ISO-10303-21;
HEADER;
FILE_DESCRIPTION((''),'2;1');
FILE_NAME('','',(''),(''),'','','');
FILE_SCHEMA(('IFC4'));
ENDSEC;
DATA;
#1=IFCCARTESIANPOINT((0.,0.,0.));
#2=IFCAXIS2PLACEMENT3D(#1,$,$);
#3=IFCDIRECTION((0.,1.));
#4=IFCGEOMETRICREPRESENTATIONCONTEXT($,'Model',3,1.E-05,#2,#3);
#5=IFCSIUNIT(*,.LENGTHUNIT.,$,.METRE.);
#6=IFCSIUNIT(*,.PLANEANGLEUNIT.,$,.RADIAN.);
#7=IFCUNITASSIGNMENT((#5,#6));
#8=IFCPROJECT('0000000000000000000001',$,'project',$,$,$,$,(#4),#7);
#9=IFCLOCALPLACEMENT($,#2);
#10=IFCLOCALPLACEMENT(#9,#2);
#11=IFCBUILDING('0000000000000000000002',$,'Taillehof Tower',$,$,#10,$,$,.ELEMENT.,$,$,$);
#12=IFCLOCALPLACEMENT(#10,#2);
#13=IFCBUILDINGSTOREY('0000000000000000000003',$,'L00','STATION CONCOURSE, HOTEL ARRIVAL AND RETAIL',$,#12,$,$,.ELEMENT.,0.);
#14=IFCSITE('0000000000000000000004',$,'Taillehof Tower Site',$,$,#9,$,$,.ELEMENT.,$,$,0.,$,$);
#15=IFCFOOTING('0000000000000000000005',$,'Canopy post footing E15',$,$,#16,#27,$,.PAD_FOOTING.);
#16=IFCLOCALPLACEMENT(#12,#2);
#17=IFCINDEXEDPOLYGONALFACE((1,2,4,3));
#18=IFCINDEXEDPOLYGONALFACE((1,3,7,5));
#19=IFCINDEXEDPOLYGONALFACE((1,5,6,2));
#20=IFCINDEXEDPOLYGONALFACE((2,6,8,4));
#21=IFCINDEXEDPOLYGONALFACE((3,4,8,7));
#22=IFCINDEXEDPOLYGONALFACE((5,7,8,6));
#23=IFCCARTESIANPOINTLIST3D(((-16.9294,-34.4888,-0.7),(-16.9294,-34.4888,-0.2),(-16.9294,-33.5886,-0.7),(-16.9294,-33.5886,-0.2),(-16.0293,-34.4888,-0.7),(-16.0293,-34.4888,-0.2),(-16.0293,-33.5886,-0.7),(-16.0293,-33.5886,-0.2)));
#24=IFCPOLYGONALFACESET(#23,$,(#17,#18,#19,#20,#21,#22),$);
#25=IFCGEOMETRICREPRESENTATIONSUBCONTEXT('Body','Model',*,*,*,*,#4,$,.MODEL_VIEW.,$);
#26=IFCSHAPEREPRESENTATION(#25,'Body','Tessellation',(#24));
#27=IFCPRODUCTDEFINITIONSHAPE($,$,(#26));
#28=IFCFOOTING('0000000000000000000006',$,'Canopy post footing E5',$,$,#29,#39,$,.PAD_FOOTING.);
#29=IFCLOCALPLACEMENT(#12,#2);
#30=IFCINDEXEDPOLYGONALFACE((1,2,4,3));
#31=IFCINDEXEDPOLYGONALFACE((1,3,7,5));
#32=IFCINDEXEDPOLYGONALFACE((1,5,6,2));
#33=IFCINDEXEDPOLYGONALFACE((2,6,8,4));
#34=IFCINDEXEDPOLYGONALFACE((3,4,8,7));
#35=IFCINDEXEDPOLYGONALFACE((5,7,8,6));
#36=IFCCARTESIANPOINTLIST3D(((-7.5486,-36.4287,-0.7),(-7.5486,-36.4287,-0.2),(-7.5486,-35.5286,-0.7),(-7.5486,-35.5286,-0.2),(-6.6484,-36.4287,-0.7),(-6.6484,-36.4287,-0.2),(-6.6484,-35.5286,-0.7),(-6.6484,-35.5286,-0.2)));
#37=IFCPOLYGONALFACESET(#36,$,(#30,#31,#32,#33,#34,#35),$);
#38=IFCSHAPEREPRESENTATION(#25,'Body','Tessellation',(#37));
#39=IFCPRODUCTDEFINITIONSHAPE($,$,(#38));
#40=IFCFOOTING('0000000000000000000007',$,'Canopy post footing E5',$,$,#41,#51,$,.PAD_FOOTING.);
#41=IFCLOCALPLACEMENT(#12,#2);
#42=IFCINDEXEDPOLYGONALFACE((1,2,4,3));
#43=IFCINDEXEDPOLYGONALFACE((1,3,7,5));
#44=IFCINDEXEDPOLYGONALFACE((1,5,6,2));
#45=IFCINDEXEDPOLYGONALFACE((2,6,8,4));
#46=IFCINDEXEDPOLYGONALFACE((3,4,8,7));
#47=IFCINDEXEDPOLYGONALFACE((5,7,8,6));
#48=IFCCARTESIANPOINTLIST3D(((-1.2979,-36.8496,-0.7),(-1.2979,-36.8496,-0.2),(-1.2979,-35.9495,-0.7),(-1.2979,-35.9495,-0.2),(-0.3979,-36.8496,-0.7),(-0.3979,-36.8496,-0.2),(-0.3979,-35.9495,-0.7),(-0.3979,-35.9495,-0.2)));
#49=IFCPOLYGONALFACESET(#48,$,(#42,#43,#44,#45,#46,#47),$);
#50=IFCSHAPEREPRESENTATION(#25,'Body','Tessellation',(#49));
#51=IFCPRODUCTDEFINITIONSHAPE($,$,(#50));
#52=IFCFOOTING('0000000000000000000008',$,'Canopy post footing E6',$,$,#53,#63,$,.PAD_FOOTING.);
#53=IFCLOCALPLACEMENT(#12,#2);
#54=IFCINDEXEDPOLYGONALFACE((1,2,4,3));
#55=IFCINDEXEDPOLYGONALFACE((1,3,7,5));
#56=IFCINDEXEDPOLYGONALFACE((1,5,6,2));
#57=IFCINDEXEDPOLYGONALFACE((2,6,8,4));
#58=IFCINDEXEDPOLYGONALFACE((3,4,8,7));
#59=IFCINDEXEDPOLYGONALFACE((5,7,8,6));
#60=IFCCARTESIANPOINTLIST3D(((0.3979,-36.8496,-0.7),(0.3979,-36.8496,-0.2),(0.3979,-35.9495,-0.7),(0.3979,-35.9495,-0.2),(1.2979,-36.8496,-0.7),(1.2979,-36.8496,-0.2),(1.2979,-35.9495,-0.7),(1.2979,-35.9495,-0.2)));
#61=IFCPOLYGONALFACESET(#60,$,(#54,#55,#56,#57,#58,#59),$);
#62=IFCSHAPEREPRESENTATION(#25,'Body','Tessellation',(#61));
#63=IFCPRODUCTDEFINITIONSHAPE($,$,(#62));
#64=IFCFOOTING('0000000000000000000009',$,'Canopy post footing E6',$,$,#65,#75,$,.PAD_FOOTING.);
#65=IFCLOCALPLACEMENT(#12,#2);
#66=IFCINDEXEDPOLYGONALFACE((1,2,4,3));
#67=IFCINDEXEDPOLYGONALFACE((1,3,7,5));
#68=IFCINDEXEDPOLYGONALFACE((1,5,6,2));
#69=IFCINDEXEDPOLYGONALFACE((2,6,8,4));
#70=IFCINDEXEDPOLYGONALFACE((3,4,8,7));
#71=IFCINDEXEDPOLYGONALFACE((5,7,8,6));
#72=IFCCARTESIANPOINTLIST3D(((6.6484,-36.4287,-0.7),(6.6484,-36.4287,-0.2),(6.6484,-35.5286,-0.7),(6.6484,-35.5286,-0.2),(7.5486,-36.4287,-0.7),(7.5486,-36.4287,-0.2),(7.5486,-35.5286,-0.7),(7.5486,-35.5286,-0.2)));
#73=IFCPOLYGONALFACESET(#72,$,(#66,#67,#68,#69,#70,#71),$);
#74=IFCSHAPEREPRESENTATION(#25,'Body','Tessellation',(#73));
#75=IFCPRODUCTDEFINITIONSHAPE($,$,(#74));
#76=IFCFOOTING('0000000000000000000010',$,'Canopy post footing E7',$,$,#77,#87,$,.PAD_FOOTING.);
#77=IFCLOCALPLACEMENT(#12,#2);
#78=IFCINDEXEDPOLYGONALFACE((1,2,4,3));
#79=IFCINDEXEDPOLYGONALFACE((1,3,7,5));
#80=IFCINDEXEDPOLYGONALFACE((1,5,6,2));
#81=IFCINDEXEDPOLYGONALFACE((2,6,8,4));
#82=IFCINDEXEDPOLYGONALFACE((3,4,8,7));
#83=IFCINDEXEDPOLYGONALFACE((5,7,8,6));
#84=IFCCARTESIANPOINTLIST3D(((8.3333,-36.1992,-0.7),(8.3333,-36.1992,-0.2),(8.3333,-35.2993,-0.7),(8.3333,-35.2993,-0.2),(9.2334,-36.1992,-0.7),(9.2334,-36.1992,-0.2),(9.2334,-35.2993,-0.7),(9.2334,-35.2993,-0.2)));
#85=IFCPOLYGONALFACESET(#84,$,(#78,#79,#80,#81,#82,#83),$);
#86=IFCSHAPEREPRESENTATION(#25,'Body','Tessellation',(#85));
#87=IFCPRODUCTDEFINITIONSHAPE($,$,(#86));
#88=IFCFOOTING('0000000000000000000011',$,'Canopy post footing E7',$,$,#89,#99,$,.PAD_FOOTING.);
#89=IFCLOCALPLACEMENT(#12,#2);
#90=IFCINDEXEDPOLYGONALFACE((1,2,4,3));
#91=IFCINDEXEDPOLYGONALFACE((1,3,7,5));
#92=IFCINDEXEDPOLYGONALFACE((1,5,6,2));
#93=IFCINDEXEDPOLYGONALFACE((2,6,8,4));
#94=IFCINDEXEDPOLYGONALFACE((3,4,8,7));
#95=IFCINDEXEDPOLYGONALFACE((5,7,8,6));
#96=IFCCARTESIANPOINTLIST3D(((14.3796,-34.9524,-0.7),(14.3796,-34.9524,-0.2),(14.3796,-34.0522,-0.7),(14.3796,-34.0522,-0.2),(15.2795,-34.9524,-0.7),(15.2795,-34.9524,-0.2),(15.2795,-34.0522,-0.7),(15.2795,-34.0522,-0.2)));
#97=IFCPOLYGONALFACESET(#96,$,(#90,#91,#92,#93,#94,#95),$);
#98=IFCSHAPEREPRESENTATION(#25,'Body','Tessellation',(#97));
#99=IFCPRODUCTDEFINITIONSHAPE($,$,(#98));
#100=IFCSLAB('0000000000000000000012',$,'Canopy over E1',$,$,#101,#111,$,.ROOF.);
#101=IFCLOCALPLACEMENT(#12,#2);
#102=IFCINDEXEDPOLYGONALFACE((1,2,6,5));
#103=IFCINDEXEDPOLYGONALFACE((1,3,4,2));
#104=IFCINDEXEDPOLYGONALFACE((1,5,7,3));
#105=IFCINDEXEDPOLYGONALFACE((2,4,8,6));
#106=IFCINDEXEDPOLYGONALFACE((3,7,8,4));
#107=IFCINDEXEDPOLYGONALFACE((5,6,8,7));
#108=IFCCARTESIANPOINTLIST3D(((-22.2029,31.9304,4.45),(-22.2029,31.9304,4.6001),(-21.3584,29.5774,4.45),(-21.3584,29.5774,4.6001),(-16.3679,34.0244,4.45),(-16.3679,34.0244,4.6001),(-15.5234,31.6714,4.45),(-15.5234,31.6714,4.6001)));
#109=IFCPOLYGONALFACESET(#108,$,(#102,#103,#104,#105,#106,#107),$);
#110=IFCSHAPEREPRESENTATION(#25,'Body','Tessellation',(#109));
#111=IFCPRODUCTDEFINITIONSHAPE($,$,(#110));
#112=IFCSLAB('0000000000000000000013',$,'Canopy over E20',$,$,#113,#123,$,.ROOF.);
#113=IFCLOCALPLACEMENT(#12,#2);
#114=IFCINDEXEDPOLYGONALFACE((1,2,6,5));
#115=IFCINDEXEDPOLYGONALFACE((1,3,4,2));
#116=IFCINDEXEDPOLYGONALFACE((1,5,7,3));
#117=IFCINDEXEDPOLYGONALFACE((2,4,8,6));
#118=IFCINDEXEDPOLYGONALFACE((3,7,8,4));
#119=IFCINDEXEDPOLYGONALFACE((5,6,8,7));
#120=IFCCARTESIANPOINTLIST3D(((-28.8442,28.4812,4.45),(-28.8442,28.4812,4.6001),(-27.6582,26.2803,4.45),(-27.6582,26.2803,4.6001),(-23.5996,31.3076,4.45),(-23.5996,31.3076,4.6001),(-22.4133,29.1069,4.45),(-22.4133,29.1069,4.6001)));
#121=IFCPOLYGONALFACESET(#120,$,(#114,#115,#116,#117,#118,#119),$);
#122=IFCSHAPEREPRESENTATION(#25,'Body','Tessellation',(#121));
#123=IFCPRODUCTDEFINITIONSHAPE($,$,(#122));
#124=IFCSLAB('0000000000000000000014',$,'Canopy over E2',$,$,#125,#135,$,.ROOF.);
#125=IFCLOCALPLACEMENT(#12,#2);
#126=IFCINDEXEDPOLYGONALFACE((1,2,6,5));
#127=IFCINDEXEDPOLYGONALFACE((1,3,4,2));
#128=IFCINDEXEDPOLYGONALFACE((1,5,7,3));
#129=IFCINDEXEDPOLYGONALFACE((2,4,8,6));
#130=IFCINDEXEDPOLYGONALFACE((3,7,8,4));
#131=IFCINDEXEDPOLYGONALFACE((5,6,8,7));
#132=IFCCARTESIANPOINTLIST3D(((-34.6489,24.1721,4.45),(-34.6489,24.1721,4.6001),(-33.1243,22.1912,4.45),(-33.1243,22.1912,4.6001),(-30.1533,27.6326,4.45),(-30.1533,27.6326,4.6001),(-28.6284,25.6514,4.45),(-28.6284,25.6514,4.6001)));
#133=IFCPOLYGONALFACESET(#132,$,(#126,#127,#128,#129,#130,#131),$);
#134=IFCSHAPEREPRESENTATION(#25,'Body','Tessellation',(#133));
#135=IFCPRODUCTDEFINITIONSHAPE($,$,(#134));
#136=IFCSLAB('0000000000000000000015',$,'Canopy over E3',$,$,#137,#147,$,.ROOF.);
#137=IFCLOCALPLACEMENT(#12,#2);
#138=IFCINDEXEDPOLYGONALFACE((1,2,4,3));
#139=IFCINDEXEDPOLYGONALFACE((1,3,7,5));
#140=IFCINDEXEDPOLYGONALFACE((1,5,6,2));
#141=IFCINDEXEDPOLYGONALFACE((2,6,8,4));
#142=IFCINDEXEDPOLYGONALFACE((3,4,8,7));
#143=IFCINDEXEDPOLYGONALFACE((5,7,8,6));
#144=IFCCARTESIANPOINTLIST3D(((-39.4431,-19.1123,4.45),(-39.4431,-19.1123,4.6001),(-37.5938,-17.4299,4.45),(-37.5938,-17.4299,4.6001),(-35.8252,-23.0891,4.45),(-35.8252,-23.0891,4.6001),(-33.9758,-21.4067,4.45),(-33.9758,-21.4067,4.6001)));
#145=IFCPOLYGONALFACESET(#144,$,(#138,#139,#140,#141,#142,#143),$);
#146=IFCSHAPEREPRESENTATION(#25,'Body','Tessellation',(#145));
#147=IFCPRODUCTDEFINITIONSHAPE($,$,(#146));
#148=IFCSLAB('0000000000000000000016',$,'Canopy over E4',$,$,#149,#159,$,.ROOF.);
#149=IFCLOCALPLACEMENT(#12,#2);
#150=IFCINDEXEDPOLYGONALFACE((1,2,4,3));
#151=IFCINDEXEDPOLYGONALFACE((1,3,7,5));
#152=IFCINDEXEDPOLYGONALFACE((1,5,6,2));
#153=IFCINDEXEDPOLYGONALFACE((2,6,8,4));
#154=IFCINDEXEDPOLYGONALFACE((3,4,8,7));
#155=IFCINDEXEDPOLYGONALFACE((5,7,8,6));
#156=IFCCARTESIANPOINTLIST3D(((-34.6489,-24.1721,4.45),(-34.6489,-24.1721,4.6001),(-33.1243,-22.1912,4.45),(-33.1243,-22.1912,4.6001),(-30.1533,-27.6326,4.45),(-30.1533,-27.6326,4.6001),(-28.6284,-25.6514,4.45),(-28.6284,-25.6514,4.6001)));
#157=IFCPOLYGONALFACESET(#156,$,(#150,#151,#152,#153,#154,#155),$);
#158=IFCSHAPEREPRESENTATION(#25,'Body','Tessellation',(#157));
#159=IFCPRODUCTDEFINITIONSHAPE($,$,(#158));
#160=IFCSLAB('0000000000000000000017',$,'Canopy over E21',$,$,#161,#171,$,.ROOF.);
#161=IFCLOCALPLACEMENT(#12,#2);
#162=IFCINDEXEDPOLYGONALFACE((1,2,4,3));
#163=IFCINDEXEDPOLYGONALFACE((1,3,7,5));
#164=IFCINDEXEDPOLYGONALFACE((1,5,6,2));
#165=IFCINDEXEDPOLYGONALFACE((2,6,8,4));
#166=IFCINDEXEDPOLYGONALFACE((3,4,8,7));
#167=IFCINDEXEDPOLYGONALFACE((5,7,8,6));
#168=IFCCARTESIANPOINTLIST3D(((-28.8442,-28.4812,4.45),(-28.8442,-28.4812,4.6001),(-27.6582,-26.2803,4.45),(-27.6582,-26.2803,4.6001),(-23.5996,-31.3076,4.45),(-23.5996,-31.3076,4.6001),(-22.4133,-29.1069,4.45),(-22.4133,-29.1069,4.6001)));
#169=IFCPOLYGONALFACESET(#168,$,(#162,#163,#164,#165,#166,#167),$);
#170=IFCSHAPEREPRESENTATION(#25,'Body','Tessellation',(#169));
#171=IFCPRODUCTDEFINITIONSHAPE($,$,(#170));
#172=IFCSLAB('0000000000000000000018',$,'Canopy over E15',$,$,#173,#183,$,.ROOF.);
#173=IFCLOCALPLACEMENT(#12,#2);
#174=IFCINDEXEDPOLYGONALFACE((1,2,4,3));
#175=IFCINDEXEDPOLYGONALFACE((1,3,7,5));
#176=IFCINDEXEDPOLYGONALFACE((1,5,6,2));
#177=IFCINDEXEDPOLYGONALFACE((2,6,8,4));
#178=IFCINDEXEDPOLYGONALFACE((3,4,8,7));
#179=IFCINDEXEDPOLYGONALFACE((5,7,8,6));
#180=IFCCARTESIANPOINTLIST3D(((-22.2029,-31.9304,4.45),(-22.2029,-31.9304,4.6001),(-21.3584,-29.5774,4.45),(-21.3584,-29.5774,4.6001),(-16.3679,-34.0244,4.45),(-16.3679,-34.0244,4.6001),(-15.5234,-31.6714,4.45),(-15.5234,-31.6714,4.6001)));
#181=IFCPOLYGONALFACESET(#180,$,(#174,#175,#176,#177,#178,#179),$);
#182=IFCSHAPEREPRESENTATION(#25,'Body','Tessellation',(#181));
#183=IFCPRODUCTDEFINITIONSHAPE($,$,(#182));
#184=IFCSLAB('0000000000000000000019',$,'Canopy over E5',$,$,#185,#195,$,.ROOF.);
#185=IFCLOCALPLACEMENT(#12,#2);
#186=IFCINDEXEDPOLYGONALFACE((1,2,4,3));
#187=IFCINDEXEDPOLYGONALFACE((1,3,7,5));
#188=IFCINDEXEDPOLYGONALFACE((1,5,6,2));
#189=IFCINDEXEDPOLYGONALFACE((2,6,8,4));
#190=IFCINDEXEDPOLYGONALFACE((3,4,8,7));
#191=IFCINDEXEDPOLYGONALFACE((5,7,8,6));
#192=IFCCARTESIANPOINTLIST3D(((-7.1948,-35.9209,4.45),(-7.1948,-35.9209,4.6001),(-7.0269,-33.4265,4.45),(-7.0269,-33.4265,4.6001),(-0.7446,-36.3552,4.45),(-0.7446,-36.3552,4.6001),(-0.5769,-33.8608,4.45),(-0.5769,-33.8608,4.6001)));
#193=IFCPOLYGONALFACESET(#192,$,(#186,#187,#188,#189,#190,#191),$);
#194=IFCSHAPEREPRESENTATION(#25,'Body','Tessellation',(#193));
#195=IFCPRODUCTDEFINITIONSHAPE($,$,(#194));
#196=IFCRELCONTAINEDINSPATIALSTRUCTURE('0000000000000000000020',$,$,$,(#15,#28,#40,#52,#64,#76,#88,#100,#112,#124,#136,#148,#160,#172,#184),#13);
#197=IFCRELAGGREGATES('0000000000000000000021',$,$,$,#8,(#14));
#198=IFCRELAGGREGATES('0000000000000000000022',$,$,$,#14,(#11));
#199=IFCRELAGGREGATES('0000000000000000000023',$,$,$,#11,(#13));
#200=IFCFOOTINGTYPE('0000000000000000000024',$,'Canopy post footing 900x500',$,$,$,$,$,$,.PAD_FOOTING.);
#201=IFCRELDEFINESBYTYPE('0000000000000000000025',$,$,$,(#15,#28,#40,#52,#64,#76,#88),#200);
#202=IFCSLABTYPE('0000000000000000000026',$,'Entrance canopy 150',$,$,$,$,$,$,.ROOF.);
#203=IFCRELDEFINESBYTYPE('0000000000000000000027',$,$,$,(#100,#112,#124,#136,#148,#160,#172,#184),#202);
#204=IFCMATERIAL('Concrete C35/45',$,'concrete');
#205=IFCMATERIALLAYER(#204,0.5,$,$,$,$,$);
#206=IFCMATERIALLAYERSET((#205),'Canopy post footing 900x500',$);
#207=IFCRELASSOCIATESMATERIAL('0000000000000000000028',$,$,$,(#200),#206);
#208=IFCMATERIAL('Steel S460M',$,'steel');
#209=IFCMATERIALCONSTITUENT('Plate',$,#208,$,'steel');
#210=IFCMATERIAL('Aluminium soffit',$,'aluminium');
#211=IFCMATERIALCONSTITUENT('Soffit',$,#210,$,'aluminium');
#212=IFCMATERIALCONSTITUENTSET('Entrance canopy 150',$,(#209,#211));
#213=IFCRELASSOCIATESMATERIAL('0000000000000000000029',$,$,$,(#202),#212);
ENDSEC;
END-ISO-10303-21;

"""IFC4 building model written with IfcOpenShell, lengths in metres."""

from ifc_helpers import new_model, si_unit, direction, frame, origin, place, context, subcontext, project, spatial, polyline, outline, extrude, material, layer, layer_set, constituent, constituent_set, type_object, element, save


model = new_model("IFC4")

# Units and contexts
model_context = context("Model", 3, precision=1e-05, world=origin(), true_north=direction((0.0, 1.0)))
body_context = subcontext(model_context, "Body", "Model", "MODEL_VIEW")
ifc_project = project(units=[si_unit("LENGTHUNIT", "METRE"), si_unit("PLANEANGLEUNIT", "RADIAN")], contexts=[model_context])

# Site, building, storey
site_placement = place(None, origin())
site = spatial("IfcSite", under=ifc_project, at=site_placement, Name="Taillehof Tower Site", CompositionType="ELEMENT", RefElevation=0.0)
building_placement = place(site_placement, origin())
building = spatial("IfcBuilding", under=site, at=building_placement, Name="Taillehof Tower", CompositionType="ELEMENT")
storey_placement = place(building_placement, origin())
storey = spatial("IfcBuildingStorey", under=building, at=storey_placement, Name="L00", Description="STATION CONCOURSE, HOTEL ARRIVAL AND RETAIL", CompositionType="ELEMENT", Elevation=0.0)

# Footings
ifc_material_1 = material(Name="Concrete C35/45", Category="concrete")
ifc_layer = layer(ifc_material_1, 0.5)
ifc_layer_set = layer_set([ifc_layer], Name="Canopy post footing 900x500")
footing_type = type_object("IfcFootingType", Name="Canopy post footing 900x500", PredefinedType="PAD_FOOTING", material=ifc_layer_set)
footing_1_placement = place(storey_placement, frame((0.0, 0.0, -0.7)))
element("IfcFooting", 1, at=footing_1_placement, inside=storey, type_object=footing_type, Name="Canopy post footing E15", PredefinedType="PAD_FOOTING", context=body_context, shape_type="SweptSolid", body=[
    extrude(outline(polyline([(-16.9294, -34.4888), (-16.0293, -34.4888), (-16.0293, -33.5886), (-16.9294, -33.5886), (-16.9294, -34.4888)])), origin(), (0.0, 0.0, 1.0), 0.5),
])
footing_2_placement = place(storey_placement, frame((0.0, 0.0, -0.7)))
element("IfcFooting", 2, at=footing_2_placement, inside=storey, type_object=footing_type, Name="Canopy post footing E5", PredefinedType="PAD_FOOTING", context=body_context, shape_type="SweptSolid", body=[
    extrude(outline(polyline([(-7.5486, -36.4287), (-6.6484, -36.4287), (-6.6484, -35.5286), (-7.5486, -35.5286), (-7.5486, -36.4287)])), origin(), (0.0, 0.0, 1.0), 0.5),
])
footing_3_placement = place(storey_placement, frame((0.0, 0.0, -0.7)))
element("IfcFooting", 3, at=footing_3_placement, inside=storey, type_object=footing_type, Name="Canopy post footing E5", PredefinedType="PAD_FOOTING", context=body_context, shape_type="SweptSolid", body=[
    extrude(outline(polyline([(-1.2979, -36.8496), (-0.3979, -36.8496), (-0.3979, -35.9495), (-1.2979, -35.9495), (-1.2979, -36.8496)])), origin(), (0.0, 0.0, 1.0), 0.5),
])
footing_4_placement = place(storey_placement, frame((0.0, 0.0, -0.7)))
element("IfcFooting", 4, at=footing_4_placement, inside=storey, type_object=footing_type, Name="Canopy post footing E6", PredefinedType="PAD_FOOTING", context=body_context, shape_type="SweptSolid", body=[
    extrude(outline(polyline([(0.3979, -36.8496), (1.2979, -36.8496), (1.2979, -35.9495), (0.3979, -35.9495), (0.3979, -36.8496)])), origin(), (0.0, 0.0, 1.0), 0.5),
])
footing_5_placement = place(storey_placement, frame((0.0, 0.0, -0.7)))
element("IfcFooting", 5, at=footing_5_placement, inside=storey, type_object=footing_type, Name="Canopy post footing E6", PredefinedType="PAD_FOOTING", context=body_context, shape_type="SweptSolid", body=[
    extrude(outline(polyline([(6.6484, -36.4287), (7.5486, -36.4287), (7.5486, -35.5286), (6.6484, -35.5286), (6.6484, -36.4287)])), origin(), (0.0, 0.0, 1.0), 0.5),
])
footing_6_placement = place(storey_placement, frame((0.0, 0.0, -0.7)))
element("IfcFooting", 6, at=footing_6_placement, inside=storey, type_object=footing_type, Name="Canopy post footing E7", PredefinedType="PAD_FOOTING", context=body_context, shape_type="SweptSolid", body=[
    extrude(outline(polyline([(8.3333, -36.1992), (9.2334, -36.1992), (9.2334, -35.2993), (8.3333, -35.2993), (8.3333, -36.1992)])), origin(), (0.0, 0.0, 1.0), 0.5),
])
footing_7_placement = place(storey_placement, frame((0.0, 0.0, -0.7)))
element("IfcFooting", 7, at=footing_7_placement, inside=storey, type_object=footing_type, Name="Canopy post footing E7", PredefinedType="PAD_FOOTING", context=body_context, shape_type="SweptSolid", body=[
    extrude(outline(polyline([(14.3796, -34.9524), (15.2795, -34.9524), (15.2795, -34.0522), (14.3796, -34.0522), (14.3796, -34.9524)])), origin(), (0.0, 0.0, 1.0), 0.5),
])

# Slabs
ifc_material_2 = material(Name="Steel S460M", Category="steel")
ifc_constituent_1 = constituent(ifc_material_2, Name="Plate", Category="steel")
ifc_material_3 = material(Name="Aluminium soffit", Category="aluminium")
ifc_constituent_2 = constituent(ifc_material_3, Name="Soffit", Category="aluminium")
ifc_constituent_set = constituent_set(constituents=[ifc_constituent_1, ifc_constituent_2], Name="Entrance canopy 150")
slab_type = type_object("IfcSlabType", Name="Entrance canopy 150", PredefinedType="ROOF", material=ifc_constituent_set)
slab_1_placement = place(storey_placement, frame((0.0, 0.0, 4.45)))
element("IfcSlab", 8, at=slab_1_placement, inside=storey, type_object=slab_type, Name="Canopy over E1", PredefinedType="ROOF", context=body_context, shape_type="SweptSolid", body=[
    extrude(outline(polyline([(-15.5234, 31.6714), (-21.3584, 29.5774), (-22.2029, 31.9304), (-16.3679, 34.0244), (-15.5234, 31.6714)])), origin(), (0.0, 0.0, 1.0), 0.1501),
])
slab_2_placement = place(storey_placement, frame((0.0, 0.0, 4.45)))
element("IfcSlab", 9, at=slab_2_placement, inside=storey, type_object=slab_type, Name="Canopy over E20", PredefinedType="ROOF", context=body_context, shape_type="SweptSolid", body=[
    extrude(outline(polyline([(-22.4133, 29.1069), (-27.6582, 26.2803), (-28.8442, 28.4812), (-23.5996, 31.3076), (-22.4133, 29.1069)])), origin(), (0.0, 0.0, 1.0), 0.1501),
])
slab_3_placement = place(storey_placement, frame((0.0, 0.0, 4.45)))
element("IfcSlab", 10, at=slab_3_placement, inside=storey, type_object=slab_type, Name="Canopy over E2", PredefinedType="ROOF", context=body_context, shape_type="SweptSolid", body=[
    extrude(outline(polyline([(-28.6284, 25.6514), (-33.1243, 22.1912), (-34.6489, 24.1721), (-30.1533, 27.6326), (-28.6284, 25.6514)])), origin(), (0.0, 0.0, 1.0), 0.1501),
])
slab_4_placement = place(storey_placement, frame((0.0, 0.0, 4.45)))
element("IfcSlab", 11, at=slab_4_placement, inside=storey, type_object=slab_type, Name="Canopy over E3", PredefinedType="ROOF", context=body_context, shape_type="SweptSolid", body=[
    extrude(outline(polyline([(-37.5938, -17.4299), (-33.9758, -21.4067), (-35.8252, -23.0891), (-39.4431, -19.1123), (-37.5938, -17.4299)])), origin(), (0.0, 0.0, 1.0), 0.1501),
])
slab_5_placement = place(storey_placement, frame((0.0, 0.0, 4.45)))
element("IfcSlab", 12, at=slab_5_placement, inside=storey, type_object=slab_type, Name="Canopy over E4", PredefinedType="ROOF", context=body_context, shape_type="SweptSolid", body=[
    extrude(outline(polyline([(-33.1243, -22.1912), (-28.6284, -25.6514), (-30.1533, -27.6326), (-34.6489, -24.1721), (-33.1243, -22.1912)])), origin(), (0.0, 0.0, 1.0), 0.1501),
])
slab_6_placement = place(storey_placement, frame((0.0, 0.0, 4.45)))
element("IfcSlab", 13, at=slab_6_placement, inside=storey, type_object=slab_type, Name="Canopy over E21", PredefinedType="ROOF", context=body_context, shape_type="SweptSolid", body=[
    extrude(outline(polyline([(-27.6582, -26.2803), (-22.4133, -29.1069), (-23.5996, -31.3076), (-28.8442, -28.4812), (-27.6582, -26.2803)])), origin(), (0.0, 0.0, 1.0), 0.1501),
])
slab_7_placement = place(storey_placement, frame((0.0, 0.0, 4.45)))
element("IfcSlab", 14, at=slab_7_placement, inside=storey, type_object=slab_type, Name="Canopy over E15", PredefinedType="ROOF", context=body_context, shape_type="SweptSolid", body=[
    extrude(outline(polyline([(-21.3584, -29.5774), (-15.5234, -31.6714), (-16.3679, -34.0244), (-22.2029, -31.9304), (-21.3584, -29.5774)])), origin(), (0.0, 0.0, 1.0), 0.1501),
])
slab_8_placement = place(storey_placement, frame((0.0, 0.0, 4.45)))
element("IfcSlab", 15, at=slab_8_placement, inside=storey, type_object=slab_type, Name="Canopy over E5", PredefinedType="ROOF", context=body_context, shape_type="SweptSolid", body=[
    extrude(outline(polyline([(-7.0269, -33.4265), (-0.5769, -33.8608), (-0.7446, -36.3552), (-7.1948, -35.9209), (-7.0269, -33.4265)])), origin(), (0.0, 0.0, 1.0), 0.1501),
])

save(model, "model.ifc")
